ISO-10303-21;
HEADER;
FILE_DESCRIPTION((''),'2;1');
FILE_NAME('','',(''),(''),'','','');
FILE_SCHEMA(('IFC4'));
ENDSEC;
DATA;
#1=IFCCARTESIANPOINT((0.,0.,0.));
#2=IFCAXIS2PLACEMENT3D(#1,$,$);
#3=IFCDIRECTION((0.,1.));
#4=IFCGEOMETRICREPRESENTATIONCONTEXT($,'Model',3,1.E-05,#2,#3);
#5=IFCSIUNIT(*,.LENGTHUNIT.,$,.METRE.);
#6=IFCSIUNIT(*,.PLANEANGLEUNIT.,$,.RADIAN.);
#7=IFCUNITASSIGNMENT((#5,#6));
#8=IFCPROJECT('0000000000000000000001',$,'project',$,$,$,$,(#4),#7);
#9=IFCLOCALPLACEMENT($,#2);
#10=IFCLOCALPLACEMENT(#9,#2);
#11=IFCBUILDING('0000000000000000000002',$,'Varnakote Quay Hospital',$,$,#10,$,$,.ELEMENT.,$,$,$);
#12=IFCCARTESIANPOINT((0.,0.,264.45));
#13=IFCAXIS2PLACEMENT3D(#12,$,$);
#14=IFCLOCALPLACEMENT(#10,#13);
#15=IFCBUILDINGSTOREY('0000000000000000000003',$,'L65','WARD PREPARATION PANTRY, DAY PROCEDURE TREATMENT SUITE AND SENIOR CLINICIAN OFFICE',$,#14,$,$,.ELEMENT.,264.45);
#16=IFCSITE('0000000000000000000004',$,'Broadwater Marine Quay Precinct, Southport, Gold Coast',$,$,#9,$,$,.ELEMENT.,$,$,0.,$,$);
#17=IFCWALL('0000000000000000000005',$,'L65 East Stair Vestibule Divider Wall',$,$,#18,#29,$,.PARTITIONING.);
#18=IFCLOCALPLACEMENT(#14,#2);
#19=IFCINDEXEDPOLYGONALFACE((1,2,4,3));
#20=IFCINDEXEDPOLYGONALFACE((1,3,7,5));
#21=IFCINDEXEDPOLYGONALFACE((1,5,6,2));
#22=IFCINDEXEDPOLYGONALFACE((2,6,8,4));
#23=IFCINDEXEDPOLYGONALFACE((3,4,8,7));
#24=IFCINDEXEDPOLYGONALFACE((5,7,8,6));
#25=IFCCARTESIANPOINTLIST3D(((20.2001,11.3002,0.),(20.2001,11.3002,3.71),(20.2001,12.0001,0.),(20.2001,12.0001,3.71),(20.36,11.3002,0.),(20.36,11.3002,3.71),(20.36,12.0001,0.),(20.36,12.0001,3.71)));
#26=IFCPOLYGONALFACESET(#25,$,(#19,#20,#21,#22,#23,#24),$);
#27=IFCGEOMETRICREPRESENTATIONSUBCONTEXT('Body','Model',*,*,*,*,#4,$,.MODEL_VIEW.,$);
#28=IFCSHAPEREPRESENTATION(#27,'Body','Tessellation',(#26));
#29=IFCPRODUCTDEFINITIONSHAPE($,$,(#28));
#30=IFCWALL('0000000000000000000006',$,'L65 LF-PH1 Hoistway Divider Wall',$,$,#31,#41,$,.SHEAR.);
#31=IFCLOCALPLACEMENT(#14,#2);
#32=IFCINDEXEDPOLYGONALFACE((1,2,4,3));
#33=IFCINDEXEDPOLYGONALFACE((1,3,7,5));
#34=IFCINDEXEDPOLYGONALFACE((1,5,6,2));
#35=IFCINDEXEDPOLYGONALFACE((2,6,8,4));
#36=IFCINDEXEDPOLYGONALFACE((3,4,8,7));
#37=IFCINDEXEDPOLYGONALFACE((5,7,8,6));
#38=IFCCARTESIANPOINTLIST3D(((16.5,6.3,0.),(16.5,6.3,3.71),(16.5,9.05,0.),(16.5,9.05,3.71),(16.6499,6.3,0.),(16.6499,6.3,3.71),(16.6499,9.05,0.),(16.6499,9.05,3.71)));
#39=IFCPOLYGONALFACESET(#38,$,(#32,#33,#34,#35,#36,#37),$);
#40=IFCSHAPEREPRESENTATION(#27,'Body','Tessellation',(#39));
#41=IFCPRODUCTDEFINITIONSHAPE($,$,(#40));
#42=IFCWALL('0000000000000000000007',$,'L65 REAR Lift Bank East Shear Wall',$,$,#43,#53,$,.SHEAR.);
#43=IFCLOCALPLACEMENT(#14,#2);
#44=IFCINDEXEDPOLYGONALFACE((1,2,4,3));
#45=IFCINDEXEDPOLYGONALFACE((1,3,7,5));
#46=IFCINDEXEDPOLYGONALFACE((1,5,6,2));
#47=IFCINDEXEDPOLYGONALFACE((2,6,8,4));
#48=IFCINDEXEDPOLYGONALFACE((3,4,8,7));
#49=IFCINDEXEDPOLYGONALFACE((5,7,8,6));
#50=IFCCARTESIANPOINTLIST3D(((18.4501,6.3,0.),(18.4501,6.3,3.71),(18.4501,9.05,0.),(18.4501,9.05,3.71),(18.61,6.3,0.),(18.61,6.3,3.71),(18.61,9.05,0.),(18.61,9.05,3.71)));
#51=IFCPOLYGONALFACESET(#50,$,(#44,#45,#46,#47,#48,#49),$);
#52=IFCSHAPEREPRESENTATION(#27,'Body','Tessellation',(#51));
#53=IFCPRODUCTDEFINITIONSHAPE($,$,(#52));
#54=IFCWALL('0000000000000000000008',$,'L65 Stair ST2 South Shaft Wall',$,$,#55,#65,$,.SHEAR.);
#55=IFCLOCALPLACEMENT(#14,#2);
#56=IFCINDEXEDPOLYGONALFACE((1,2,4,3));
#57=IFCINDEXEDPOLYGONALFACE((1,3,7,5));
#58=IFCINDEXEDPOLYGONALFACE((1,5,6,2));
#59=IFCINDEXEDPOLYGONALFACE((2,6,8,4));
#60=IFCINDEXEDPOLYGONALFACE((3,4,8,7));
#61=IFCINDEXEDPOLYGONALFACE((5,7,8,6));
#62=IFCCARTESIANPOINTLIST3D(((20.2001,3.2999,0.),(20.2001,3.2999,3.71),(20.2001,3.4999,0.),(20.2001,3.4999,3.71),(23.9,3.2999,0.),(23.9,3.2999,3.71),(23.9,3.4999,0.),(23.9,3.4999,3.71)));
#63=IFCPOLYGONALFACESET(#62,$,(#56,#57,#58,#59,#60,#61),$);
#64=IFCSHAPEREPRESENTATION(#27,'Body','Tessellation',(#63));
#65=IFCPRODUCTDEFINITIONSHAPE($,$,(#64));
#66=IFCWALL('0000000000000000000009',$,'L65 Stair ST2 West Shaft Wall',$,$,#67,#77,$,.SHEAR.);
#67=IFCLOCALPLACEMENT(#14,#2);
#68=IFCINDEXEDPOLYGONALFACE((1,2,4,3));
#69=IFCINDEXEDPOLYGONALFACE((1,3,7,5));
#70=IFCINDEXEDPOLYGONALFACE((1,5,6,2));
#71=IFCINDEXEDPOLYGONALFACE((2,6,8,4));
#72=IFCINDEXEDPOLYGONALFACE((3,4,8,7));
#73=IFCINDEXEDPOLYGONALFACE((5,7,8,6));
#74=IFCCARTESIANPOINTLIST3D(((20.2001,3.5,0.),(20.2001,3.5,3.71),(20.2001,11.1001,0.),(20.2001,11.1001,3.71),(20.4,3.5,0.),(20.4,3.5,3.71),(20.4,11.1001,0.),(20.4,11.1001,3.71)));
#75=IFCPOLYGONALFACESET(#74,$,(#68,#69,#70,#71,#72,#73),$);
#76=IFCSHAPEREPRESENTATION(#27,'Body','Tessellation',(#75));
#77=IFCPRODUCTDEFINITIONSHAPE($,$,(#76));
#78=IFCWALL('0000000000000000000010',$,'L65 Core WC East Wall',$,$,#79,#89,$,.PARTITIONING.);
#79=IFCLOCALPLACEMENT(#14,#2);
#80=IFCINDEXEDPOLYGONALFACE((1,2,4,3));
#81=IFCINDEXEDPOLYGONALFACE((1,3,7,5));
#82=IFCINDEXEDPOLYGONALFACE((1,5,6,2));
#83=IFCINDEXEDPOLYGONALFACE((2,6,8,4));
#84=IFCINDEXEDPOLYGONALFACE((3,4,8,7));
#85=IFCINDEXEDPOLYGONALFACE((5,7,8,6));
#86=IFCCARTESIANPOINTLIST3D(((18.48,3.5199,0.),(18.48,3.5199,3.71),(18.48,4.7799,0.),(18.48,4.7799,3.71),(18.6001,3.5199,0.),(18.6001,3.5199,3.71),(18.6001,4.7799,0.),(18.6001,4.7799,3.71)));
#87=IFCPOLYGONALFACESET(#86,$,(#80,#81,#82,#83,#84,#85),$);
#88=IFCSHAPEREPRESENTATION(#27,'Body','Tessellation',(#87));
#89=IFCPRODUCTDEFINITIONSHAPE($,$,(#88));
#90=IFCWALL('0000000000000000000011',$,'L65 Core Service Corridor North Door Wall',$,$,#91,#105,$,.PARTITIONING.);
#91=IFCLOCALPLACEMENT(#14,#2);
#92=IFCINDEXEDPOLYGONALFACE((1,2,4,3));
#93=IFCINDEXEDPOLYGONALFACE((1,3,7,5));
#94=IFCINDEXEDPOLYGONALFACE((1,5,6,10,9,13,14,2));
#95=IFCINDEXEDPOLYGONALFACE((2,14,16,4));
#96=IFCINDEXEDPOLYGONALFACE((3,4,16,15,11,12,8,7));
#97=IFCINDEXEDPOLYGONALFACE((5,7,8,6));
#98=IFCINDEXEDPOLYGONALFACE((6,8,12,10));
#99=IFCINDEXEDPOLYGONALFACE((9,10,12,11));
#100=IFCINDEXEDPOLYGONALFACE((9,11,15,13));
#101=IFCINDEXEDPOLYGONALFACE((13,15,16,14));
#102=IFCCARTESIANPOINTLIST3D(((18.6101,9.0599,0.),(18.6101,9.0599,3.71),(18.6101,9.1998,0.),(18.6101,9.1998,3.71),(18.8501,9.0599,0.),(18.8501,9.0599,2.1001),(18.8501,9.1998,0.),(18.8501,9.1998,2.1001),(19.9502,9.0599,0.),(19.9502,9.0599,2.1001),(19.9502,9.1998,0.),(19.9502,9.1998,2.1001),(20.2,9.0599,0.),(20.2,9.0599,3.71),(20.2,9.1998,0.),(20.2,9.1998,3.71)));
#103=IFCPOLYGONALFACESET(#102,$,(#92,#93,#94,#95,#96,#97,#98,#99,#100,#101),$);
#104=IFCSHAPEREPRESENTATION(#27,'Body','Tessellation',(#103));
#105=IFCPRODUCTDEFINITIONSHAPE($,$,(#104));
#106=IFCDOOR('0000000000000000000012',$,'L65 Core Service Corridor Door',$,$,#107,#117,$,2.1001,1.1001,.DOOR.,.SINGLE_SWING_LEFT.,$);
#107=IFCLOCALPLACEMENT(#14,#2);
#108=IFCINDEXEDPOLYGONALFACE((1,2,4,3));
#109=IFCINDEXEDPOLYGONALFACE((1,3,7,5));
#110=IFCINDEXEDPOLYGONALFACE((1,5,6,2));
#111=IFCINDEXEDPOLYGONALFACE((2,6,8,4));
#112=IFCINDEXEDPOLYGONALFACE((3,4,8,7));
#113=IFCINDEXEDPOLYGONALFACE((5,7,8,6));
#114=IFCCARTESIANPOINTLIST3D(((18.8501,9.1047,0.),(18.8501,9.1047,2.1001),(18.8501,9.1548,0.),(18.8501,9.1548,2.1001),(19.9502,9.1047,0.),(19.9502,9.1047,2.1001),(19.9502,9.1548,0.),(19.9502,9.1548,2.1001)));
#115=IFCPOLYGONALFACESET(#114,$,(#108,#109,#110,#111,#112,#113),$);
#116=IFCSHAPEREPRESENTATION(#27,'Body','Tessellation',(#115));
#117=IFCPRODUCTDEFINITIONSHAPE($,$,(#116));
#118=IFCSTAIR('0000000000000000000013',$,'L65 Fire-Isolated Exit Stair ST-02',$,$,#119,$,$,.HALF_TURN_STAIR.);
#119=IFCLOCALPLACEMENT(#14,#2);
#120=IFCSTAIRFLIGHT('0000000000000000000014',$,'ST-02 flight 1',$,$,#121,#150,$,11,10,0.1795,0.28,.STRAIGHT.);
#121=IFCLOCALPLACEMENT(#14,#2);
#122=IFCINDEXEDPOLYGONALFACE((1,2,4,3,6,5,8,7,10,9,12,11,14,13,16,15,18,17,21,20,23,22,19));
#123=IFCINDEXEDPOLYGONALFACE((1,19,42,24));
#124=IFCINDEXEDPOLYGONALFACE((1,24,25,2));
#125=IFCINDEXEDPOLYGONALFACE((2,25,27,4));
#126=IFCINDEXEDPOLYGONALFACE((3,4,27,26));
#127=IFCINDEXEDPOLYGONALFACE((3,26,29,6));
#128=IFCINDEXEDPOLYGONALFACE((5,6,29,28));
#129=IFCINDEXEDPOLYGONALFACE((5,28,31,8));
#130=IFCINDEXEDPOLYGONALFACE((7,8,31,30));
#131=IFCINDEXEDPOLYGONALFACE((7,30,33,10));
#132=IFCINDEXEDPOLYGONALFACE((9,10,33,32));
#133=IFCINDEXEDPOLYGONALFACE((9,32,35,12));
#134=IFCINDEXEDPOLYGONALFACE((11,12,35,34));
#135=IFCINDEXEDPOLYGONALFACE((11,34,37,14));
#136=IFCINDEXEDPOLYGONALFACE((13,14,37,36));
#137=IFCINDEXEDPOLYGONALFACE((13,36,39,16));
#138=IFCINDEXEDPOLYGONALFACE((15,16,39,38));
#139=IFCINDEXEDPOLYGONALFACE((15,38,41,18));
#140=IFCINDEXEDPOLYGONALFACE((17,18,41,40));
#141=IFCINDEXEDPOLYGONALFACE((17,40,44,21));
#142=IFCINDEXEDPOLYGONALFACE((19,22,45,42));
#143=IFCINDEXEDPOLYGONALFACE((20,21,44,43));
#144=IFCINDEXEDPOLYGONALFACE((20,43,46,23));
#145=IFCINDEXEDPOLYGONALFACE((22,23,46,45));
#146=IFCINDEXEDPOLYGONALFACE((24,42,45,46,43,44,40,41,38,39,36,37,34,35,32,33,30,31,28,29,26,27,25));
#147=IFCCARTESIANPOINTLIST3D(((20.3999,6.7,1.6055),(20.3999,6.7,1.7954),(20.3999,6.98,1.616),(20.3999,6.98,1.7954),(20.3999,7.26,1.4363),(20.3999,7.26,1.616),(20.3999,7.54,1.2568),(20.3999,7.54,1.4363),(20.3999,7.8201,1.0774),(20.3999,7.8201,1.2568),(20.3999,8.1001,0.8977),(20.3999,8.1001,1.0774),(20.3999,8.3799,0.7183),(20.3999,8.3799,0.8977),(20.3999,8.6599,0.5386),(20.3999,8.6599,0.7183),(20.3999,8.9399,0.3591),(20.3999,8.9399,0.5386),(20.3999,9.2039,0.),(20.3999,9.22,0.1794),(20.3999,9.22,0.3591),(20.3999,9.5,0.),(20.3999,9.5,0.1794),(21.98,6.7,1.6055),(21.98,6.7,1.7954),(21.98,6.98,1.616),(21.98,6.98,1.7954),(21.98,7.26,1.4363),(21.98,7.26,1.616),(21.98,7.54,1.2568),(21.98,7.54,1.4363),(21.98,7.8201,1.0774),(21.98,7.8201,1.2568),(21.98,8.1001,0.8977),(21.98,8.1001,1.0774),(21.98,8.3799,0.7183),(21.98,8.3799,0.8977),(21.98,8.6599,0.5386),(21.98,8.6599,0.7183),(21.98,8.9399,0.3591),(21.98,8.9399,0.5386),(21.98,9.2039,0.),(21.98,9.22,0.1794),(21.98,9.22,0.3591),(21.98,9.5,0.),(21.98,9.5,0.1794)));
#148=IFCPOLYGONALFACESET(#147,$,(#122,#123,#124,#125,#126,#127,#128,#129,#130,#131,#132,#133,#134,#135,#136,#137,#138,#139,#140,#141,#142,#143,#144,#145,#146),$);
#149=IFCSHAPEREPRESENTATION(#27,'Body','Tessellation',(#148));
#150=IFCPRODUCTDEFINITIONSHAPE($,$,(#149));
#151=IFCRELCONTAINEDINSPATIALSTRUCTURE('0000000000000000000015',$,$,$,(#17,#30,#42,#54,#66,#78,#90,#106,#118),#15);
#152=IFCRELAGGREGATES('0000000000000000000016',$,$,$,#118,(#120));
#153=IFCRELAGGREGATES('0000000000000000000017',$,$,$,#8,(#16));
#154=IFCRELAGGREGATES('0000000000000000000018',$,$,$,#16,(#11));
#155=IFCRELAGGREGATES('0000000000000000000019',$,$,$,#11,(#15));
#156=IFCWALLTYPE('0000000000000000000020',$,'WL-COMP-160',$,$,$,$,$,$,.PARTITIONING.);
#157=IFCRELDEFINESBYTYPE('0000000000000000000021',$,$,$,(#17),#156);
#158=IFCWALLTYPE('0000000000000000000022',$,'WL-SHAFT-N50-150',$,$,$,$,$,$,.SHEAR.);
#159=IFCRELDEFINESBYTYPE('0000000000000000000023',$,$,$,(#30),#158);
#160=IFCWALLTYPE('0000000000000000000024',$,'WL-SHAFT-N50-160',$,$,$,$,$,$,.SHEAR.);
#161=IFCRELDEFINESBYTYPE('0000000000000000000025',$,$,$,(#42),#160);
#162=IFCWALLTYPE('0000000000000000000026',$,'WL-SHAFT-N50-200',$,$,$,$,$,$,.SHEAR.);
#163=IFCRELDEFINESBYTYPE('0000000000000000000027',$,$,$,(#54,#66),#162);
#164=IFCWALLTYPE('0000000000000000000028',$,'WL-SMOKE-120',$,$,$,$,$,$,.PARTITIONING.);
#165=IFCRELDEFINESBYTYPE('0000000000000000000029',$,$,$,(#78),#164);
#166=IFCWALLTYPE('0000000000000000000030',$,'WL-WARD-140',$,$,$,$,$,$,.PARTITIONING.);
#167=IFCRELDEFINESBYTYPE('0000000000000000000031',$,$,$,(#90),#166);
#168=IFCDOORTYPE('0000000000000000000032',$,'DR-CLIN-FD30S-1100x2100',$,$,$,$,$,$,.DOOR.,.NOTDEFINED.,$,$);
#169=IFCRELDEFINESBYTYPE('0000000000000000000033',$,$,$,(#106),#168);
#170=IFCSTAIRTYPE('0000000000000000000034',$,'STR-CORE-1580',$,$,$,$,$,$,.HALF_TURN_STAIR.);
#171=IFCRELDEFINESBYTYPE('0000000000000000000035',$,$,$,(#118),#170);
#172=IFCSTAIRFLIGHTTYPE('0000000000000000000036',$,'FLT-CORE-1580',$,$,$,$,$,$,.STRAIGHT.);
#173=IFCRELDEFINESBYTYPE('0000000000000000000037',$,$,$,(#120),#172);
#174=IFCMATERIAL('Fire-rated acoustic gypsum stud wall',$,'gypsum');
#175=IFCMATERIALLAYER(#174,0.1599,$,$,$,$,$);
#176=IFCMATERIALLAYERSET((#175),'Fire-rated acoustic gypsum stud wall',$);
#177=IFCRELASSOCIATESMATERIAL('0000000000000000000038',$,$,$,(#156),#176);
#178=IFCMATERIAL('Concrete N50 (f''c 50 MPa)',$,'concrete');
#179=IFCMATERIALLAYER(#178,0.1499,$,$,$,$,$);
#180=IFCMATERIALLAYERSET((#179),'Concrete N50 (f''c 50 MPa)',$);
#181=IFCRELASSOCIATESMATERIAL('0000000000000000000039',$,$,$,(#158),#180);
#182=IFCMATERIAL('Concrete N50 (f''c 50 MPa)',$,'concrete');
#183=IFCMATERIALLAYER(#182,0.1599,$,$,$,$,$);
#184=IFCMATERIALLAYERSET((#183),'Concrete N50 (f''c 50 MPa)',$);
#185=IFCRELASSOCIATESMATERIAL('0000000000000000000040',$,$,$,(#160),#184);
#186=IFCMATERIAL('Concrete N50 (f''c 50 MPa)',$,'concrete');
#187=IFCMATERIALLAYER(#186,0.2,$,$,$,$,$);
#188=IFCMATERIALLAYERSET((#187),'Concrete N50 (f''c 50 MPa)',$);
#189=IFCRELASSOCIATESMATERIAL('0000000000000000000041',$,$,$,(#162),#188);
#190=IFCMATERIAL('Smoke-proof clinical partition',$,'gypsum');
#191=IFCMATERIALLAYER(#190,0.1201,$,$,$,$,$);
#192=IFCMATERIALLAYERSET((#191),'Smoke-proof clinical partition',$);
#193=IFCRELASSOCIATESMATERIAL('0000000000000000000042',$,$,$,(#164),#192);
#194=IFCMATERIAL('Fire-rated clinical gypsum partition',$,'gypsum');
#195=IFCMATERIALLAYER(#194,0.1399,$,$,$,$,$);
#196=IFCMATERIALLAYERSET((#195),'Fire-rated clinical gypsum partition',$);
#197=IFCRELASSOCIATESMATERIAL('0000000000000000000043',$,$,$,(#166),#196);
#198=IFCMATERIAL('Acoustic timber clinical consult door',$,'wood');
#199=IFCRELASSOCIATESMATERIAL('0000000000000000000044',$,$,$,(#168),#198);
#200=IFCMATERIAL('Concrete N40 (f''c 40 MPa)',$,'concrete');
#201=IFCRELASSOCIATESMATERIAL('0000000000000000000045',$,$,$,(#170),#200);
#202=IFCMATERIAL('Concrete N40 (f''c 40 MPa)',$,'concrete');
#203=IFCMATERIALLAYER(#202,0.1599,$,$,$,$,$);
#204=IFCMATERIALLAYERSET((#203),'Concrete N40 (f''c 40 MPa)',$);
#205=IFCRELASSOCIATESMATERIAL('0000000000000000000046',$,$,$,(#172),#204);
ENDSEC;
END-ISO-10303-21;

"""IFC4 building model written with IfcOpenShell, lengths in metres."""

from ifc_helpers import new_model, si_unit, direction, frame, frame_2d, origin, place, context, subcontext, project, spatial, polyline, rectangle, outline, extrude, material, layer, layer_set, type_object, element, fill, aggregate, save


model = new_model("IFC4")

# Units and contexts
model_context = context("Model", 3, precision=1e-05, world=origin(), true_north=direction((0.0, 1.0)))
body_context = subcontext(model_context, "Body", "Model", "MODEL_VIEW")
ifc_project = project(units=[si_unit("LENGTHUNIT", "METRE"), si_unit("PLANEANGLEUNIT", "RADIAN")], contexts=[model_context])

# Site, building, storey
site_placement = place(None, origin())
site = spatial("IfcSite", under=ifc_project, at=site_placement, Name="Broadwater Marine Quay Precinct, Southport, Gold Coast", CompositionType="ELEMENT", RefElevation=0.0)
building_placement = place(site_placement, origin())
building = spatial("IfcBuilding", under=site, at=building_placement, Name="Varnakote Quay Hospital", CompositionType="ELEMENT")
storey_placement = place(building_placement, frame((0.0, 0.0, 264.45)))
storey = spatial("IfcBuildingStorey", under=building, at=storey_placement, Name="L65", Description="WARD PREPARATION PANTRY, DAY PROCEDURE TREATMENT SUITE AND SENIOR CLINICIAN OFFICE", CompositionType="ELEMENT", Elevation=264.45)

# Walls
ifc_material_1 = material(Name="Fire-rated acoustic gypsum stud wall", Category="gypsum")
ifc_layer_1 = layer(ifc_material_1, 0.1599)
ifc_layer_set_1 = layer_set([ifc_layer_1], Name="Fire-rated acoustic gypsum stud wall")
wall_type_1 = type_object("IfcWallType", Name="WL-COMP-160", PredefinedType="PARTITIONING", material=ifc_layer_set_1)
wall_1_placement = place(storey_placement, frame((20.28, 11.3, 0.0), z_axis=(0.0, 0.0, 1.0), x_axis=(0.0, 1.0, 0.0)))
element("IfcWall", 1, at=wall_1_placement, inside=storey, type_object=wall_type_1, Name="L65 East Stair Vestibule Divider Wall", PredefinedType="PARTITIONING", context=body_context, shape_type="SweptSolid", body=[
    extrude(rectangle(XDim=0.7, YDim=0.1599, at=frame_2d((0.3501, 0.0))), origin(), (0.0, 0.0, 1.0), 3.71),
])
ifc_material_2 = material(Name="Concrete N50 (f'c 50 MPa)", Category="concrete")
ifc_layer_2 = layer(ifc_material_2, 0.1499)
ifc_layer_set_2 = layer_set([ifc_layer_2], Name="Concrete N50 (f'c 50 MPa)")
wall_type_2 = type_object("IfcWallType", Name="WL-SHAFT-N50-150", PredefinedType="SHEAR", material=ifc_layer_set_2)
wall_2_placement = place(storey_placement, frame((16.575, 6.3, 0.0), z_axis=(0.0, 0.0, 1.0), x_axis=(0.0, 1.0, 0.0)))
element("IfcWall", 2, at=wall_2_placement, inside=storey, type_object=wall_type_2, Name="L65 LF-PH1 Hoistway Divider Wall", PredefinedType="SHEAR", context=body_context, shape_type="SweptSolid", body=[
    extrude(rectangle(XDim=2.75, YDim=0.1499, at=frame_2d((1.375, 0.0))), origin(), (0.0, 0.0, 1.0), 3.71),
])
ifc_material_3 = material(Name="Concrete N50 (f'c 50 MPa)", Category="concrete")
ifc_layer_3 = layer(ifc_material_3, 0.1599)
ifc_layer_set_3 = layer_set([ifc_layer_3], Name="Concrete N50 (f'c 50 MPa)")
wall_type_3 = type_object("IfcWallType", Name="WL-SHAFT-N50-160", PredefinedType="SHEAR", material=ifc_layer_set_3)
wall_3_placement = place(storey_placement, frame((18.53, 6.3, 0.0), z_axis=(0.0, 0.0, 1.0), x_axis=(0.0, 1.0, 0.0)))
element("IfcWall", 3, at=wall_3_placement, inside=storey, type_object=wall_type_3, Name="L65 REAR Lift Bank East Shear Wall", PredefinedType="SHEAR", context=body_context, shape_type="SweptSolid", body=[
    extrude(rectangle(XDim=2.75, YDim=0.1599, at=frame_2d((1.375, 0.0))), origin(), (0.0, 0.0, 1.0), 3.71),
])

# Walls
ifc_material_4 = material(Name="Concrete N50 (f'c 50 MPa)", Category="concrete")
ifc_layer_4 = layer(ifc_material_4, 0.2)
ifc_layer_set_4 = layer_set([ifc_layer_4], Name="Concrete N50 (f'c 50 MPa)")
wall_type_4 = type_object("IfcWallType", Name="WL-SHAFT-N50-200", PredefinedType="SHEAR", material=ifc_layer_set_4)
wall_4_placement = place(storey_placement, frame((20.2, 3.3999, 0.0), z_axis=(0.0, 0.0, 1.0), x_axis=(1.0, 0.0, 0.0)))
element("IfcWall", 4, at=wall_4_placement, inside=storey, type_object=wall_type_4, Name="L65 Stair ST2 South Shaft Wall", PredefinedType="SHEAR", context=body_context, shape_type="SweptSolid", body=[
    extrude(rectangle(XDim=3.7, YDim=0.2, at=frame_2d((1.8501, 0.0))), origin(), (0.0, 0.0, 1.0), 3.71),
])
wall_5_placement = place(storey_placement, frame((20.3, 3.5, 0.0), z_axis=(0.0, 0.0, 1.0), x_axis=(0.0, 1.0, 0.0)))
element("IfcWall", 5, at=wall_5_placement, inside=storey, type_object=wall_type_4, Name="L65 Stair ST2 West Shaft Wall", PredefinedType="SHEAR", context=body_context, shape_type="SweptSolid", body=[
    extrude(rectangle(XDim=7.6001, YDim=0.2, at=frame_2d((3.8, 0.0))), origin(), (0.0, 0.0, 1.0), 3.71),
])

# Wall
ifc_material_5 = material(Name="Smoke-proof clinical partition", Category="gypsum")
ifc_layer_5 = layer(ifc_material_5, 0.1201)
ifc_layer_set_5 = layer_set([ifc_layer_5], Name="Smoke-proof clinical partition")
wall_type_5 = type_object("IfcWallType", Name="WL-SMOKE-120", PredefinedType="PARTITIONING", material=ifc_layer_set_5)
wall_6_placement = place(storey_placement, frame((18.54, 3.52, 0.0), z_axis=(0.0, 0.0, 1.0), x_axis=(0.0, 1.0, 0.0)))
element("IfcWall", 6, at=wall_6_placement, inside=storey, type_object=wall_type_5, Name="L65 Core WC East Wall", PredefinedType="PARTITIONING", context=body_context, shape_type="SweptSolid", body=[
    extrude(rectangle(XDim=1.26, YDim=0.1201, at=frame_2d((0.6299, 0.0))), origin(), (0.0, 0.0, 1.0), 3.71),
])

# Wall, opening, door
ifc_material_6 = material(Name="Fire-rated clinical gypsum partition", Category="gypsum")
ifc_layer_6 = layer(ifc_material_6, 0.1399)
ifc_layer_set_6 = layer_set([ifc_layer_6], Name="Fire-rated clinical gypsum partition")
wall_type_6 = type_object("IfcWallType", Name="WL-WARD-140", PredefinedType="PARTITIONING", material=ifc_layer_set_6)
wall_7_placement = place(storey_placement, frame((18.6101, 9.1299, 0.0), z_axis=(0.0, 0.0, 1.0), x_axis=(1.0, 0.0, 0.0)))
wall_7 = element("IfcWall", 7, at=wall_7_placement, inside=storey, type_object=wall_type_6, Name="L65 Core Service Corridor North Door Wall", PredefinedType="PARTITIONING", context=body_context, shape_type="SweptSolid", body=[
    extrude(rectangle(XDim=1.5898, YDim=0.1399, at=frame_2d((0.7949, 0.0))), origin(), (0.0, 0.0, 1.0), 3.71),
])
opening_1_placement = place(wall_7_placement, frame((0.24, 0.0, 0.0)))
opening_1 = element("IfcOpeningElement", 8, at=opening_1_placement, cuts=wall_7, PredefinedType="OPENING", context=body_context, shape_type="SweptSolid", body=[
    extrude(rectangle(XDim=1.1001, YDim=2.1001, at=frame_2d((0.55, 1.05))), frame((0.0, 0.0798, 0.0), z_axis=(0.0, -1.0, 0.0), x_axis=(1.0, 0.0, 0.0)), (0.0, 0.0, 1.0), 0.1599),
])
ifc_material_7 = material(Name="Acoustic timber clinical consult door", Category="wood")
door_type_1 = type_object("IfcDoorType", Name="DR-CLIN-FD30S-1100x2100", OperationType="NOTDEFINED", PredefinedType="DOOR", material=ifc_material_7)
door_1_placement = place(opening_1_placement, origin())
door_1 = element("IfcDoor", 9, at=door_1_placement, inside=storey, type_object=door_type_1, Name="L65 Core Service Corridor Door", OperationType="SINGLE_SWING_LEFT", OverallHeight=2.1001, OverallWidth=1.1001, PredefinedType="DOOR", context=body_context, shape_type="SweptSolid", body=[
    extrude(rectangle(XDim=1.1001, YDim=2.1001, at=frame_2d((0.55, 1.05))), frame((0.0, 0.0249, 0.0), z_axis=(0.0, -1.0, 0.0), x_axis=(1.0, 0.0, 0.0)), (0.0, 0.0, 1.0), 0.05),
])
fill(opening_1, door_1)

# Stair, stair flight
ifc_material_8 = material(Name="Concrete N40 (f'c 40 MPa)", Category="concrete")
stair_type = type_object("IfcStairType", Name="STR-CORE-1580", PredefinedType="HALF_TURN_STAIR", material=ifc_material_8)
stair_placement = place(storey_placement, origin())
stair = element("IfcStair", 10, at=stair_placement, inside=storey, type_object=stair_type, Name="L65 Fire-Isolated Exit Stair ST-02", PredefinedType="HALF_TURN_STAIR")
ifc_material_9 = material(Name="Concrete N40 (f'c 40 MPa)", Category="concrete")
ifc_layer_7 = layer(ifc_material_9, 0.1599)
ifc_layer_set_7 = layer_set([ifc_layer_7], Name="Concrete N40 (f'c 40 MPa)")
stair_flight_type = type_object("IfcStairFlightType", Name="FLT-CORE-1580", PredefinedType="STRAIGHT", material=ifc_layer_set_7)
stair_flight_1_placement = place(storey_placement, frame((21.1899, 9.5, 0.0), z_axis=(0.0, 0.0, 1.0), x_axis=(0.0, -1.0, 0.0)))
stair_flight_1 = element("IfcStairFlight", 11, at=stair_flight_1_placement, type_object=stair_flight_type, Name="ST-02 flight 1", NumberOfRisers=11, NumberOfTreads=10, PredefinedType="STRAIGHT", RiserHeight=0.1795, TreadLength=0.28, context=body_context, shape_type="SweptSolid", body=[
    extrude(outline(polyline([(0.0, 0.0), (0.0, 0.1794), (0.28, 0.1794), (0.28, 0.3591), (0.5601, 0.3591), (0.5601, 0.5386), (0.8401, 0.5386), (0.8401, 0.7183), (1.1201, 0.7183), (1.1201, 0.8977), (1.3999, 0.8977), (1.3999, 1.0774), (1.6799, 1.0774), (1.6799, 1.2568), (1.96, 1.2568), (1.96, 1.4363), (2.24, 1.4363), (2.24, 1.616), (2.52, 1.616), (2.52, 1.7954), (2.8, 1.7954), (2.8, 1.9751), (2.8, 1.6055), (0.2961, 0.0), (0.0, 0.0)])), frame((0.0, 0.79, 0.0), z_axis=(0.0, -1.0, 0.0), x_axis=(1.0, 0.0, 0.0)), (0.0, 0.0, 1.0), 1.5801),
])
aggregate(stair, [stair_flight_1])

save(model, "model.ifc")
